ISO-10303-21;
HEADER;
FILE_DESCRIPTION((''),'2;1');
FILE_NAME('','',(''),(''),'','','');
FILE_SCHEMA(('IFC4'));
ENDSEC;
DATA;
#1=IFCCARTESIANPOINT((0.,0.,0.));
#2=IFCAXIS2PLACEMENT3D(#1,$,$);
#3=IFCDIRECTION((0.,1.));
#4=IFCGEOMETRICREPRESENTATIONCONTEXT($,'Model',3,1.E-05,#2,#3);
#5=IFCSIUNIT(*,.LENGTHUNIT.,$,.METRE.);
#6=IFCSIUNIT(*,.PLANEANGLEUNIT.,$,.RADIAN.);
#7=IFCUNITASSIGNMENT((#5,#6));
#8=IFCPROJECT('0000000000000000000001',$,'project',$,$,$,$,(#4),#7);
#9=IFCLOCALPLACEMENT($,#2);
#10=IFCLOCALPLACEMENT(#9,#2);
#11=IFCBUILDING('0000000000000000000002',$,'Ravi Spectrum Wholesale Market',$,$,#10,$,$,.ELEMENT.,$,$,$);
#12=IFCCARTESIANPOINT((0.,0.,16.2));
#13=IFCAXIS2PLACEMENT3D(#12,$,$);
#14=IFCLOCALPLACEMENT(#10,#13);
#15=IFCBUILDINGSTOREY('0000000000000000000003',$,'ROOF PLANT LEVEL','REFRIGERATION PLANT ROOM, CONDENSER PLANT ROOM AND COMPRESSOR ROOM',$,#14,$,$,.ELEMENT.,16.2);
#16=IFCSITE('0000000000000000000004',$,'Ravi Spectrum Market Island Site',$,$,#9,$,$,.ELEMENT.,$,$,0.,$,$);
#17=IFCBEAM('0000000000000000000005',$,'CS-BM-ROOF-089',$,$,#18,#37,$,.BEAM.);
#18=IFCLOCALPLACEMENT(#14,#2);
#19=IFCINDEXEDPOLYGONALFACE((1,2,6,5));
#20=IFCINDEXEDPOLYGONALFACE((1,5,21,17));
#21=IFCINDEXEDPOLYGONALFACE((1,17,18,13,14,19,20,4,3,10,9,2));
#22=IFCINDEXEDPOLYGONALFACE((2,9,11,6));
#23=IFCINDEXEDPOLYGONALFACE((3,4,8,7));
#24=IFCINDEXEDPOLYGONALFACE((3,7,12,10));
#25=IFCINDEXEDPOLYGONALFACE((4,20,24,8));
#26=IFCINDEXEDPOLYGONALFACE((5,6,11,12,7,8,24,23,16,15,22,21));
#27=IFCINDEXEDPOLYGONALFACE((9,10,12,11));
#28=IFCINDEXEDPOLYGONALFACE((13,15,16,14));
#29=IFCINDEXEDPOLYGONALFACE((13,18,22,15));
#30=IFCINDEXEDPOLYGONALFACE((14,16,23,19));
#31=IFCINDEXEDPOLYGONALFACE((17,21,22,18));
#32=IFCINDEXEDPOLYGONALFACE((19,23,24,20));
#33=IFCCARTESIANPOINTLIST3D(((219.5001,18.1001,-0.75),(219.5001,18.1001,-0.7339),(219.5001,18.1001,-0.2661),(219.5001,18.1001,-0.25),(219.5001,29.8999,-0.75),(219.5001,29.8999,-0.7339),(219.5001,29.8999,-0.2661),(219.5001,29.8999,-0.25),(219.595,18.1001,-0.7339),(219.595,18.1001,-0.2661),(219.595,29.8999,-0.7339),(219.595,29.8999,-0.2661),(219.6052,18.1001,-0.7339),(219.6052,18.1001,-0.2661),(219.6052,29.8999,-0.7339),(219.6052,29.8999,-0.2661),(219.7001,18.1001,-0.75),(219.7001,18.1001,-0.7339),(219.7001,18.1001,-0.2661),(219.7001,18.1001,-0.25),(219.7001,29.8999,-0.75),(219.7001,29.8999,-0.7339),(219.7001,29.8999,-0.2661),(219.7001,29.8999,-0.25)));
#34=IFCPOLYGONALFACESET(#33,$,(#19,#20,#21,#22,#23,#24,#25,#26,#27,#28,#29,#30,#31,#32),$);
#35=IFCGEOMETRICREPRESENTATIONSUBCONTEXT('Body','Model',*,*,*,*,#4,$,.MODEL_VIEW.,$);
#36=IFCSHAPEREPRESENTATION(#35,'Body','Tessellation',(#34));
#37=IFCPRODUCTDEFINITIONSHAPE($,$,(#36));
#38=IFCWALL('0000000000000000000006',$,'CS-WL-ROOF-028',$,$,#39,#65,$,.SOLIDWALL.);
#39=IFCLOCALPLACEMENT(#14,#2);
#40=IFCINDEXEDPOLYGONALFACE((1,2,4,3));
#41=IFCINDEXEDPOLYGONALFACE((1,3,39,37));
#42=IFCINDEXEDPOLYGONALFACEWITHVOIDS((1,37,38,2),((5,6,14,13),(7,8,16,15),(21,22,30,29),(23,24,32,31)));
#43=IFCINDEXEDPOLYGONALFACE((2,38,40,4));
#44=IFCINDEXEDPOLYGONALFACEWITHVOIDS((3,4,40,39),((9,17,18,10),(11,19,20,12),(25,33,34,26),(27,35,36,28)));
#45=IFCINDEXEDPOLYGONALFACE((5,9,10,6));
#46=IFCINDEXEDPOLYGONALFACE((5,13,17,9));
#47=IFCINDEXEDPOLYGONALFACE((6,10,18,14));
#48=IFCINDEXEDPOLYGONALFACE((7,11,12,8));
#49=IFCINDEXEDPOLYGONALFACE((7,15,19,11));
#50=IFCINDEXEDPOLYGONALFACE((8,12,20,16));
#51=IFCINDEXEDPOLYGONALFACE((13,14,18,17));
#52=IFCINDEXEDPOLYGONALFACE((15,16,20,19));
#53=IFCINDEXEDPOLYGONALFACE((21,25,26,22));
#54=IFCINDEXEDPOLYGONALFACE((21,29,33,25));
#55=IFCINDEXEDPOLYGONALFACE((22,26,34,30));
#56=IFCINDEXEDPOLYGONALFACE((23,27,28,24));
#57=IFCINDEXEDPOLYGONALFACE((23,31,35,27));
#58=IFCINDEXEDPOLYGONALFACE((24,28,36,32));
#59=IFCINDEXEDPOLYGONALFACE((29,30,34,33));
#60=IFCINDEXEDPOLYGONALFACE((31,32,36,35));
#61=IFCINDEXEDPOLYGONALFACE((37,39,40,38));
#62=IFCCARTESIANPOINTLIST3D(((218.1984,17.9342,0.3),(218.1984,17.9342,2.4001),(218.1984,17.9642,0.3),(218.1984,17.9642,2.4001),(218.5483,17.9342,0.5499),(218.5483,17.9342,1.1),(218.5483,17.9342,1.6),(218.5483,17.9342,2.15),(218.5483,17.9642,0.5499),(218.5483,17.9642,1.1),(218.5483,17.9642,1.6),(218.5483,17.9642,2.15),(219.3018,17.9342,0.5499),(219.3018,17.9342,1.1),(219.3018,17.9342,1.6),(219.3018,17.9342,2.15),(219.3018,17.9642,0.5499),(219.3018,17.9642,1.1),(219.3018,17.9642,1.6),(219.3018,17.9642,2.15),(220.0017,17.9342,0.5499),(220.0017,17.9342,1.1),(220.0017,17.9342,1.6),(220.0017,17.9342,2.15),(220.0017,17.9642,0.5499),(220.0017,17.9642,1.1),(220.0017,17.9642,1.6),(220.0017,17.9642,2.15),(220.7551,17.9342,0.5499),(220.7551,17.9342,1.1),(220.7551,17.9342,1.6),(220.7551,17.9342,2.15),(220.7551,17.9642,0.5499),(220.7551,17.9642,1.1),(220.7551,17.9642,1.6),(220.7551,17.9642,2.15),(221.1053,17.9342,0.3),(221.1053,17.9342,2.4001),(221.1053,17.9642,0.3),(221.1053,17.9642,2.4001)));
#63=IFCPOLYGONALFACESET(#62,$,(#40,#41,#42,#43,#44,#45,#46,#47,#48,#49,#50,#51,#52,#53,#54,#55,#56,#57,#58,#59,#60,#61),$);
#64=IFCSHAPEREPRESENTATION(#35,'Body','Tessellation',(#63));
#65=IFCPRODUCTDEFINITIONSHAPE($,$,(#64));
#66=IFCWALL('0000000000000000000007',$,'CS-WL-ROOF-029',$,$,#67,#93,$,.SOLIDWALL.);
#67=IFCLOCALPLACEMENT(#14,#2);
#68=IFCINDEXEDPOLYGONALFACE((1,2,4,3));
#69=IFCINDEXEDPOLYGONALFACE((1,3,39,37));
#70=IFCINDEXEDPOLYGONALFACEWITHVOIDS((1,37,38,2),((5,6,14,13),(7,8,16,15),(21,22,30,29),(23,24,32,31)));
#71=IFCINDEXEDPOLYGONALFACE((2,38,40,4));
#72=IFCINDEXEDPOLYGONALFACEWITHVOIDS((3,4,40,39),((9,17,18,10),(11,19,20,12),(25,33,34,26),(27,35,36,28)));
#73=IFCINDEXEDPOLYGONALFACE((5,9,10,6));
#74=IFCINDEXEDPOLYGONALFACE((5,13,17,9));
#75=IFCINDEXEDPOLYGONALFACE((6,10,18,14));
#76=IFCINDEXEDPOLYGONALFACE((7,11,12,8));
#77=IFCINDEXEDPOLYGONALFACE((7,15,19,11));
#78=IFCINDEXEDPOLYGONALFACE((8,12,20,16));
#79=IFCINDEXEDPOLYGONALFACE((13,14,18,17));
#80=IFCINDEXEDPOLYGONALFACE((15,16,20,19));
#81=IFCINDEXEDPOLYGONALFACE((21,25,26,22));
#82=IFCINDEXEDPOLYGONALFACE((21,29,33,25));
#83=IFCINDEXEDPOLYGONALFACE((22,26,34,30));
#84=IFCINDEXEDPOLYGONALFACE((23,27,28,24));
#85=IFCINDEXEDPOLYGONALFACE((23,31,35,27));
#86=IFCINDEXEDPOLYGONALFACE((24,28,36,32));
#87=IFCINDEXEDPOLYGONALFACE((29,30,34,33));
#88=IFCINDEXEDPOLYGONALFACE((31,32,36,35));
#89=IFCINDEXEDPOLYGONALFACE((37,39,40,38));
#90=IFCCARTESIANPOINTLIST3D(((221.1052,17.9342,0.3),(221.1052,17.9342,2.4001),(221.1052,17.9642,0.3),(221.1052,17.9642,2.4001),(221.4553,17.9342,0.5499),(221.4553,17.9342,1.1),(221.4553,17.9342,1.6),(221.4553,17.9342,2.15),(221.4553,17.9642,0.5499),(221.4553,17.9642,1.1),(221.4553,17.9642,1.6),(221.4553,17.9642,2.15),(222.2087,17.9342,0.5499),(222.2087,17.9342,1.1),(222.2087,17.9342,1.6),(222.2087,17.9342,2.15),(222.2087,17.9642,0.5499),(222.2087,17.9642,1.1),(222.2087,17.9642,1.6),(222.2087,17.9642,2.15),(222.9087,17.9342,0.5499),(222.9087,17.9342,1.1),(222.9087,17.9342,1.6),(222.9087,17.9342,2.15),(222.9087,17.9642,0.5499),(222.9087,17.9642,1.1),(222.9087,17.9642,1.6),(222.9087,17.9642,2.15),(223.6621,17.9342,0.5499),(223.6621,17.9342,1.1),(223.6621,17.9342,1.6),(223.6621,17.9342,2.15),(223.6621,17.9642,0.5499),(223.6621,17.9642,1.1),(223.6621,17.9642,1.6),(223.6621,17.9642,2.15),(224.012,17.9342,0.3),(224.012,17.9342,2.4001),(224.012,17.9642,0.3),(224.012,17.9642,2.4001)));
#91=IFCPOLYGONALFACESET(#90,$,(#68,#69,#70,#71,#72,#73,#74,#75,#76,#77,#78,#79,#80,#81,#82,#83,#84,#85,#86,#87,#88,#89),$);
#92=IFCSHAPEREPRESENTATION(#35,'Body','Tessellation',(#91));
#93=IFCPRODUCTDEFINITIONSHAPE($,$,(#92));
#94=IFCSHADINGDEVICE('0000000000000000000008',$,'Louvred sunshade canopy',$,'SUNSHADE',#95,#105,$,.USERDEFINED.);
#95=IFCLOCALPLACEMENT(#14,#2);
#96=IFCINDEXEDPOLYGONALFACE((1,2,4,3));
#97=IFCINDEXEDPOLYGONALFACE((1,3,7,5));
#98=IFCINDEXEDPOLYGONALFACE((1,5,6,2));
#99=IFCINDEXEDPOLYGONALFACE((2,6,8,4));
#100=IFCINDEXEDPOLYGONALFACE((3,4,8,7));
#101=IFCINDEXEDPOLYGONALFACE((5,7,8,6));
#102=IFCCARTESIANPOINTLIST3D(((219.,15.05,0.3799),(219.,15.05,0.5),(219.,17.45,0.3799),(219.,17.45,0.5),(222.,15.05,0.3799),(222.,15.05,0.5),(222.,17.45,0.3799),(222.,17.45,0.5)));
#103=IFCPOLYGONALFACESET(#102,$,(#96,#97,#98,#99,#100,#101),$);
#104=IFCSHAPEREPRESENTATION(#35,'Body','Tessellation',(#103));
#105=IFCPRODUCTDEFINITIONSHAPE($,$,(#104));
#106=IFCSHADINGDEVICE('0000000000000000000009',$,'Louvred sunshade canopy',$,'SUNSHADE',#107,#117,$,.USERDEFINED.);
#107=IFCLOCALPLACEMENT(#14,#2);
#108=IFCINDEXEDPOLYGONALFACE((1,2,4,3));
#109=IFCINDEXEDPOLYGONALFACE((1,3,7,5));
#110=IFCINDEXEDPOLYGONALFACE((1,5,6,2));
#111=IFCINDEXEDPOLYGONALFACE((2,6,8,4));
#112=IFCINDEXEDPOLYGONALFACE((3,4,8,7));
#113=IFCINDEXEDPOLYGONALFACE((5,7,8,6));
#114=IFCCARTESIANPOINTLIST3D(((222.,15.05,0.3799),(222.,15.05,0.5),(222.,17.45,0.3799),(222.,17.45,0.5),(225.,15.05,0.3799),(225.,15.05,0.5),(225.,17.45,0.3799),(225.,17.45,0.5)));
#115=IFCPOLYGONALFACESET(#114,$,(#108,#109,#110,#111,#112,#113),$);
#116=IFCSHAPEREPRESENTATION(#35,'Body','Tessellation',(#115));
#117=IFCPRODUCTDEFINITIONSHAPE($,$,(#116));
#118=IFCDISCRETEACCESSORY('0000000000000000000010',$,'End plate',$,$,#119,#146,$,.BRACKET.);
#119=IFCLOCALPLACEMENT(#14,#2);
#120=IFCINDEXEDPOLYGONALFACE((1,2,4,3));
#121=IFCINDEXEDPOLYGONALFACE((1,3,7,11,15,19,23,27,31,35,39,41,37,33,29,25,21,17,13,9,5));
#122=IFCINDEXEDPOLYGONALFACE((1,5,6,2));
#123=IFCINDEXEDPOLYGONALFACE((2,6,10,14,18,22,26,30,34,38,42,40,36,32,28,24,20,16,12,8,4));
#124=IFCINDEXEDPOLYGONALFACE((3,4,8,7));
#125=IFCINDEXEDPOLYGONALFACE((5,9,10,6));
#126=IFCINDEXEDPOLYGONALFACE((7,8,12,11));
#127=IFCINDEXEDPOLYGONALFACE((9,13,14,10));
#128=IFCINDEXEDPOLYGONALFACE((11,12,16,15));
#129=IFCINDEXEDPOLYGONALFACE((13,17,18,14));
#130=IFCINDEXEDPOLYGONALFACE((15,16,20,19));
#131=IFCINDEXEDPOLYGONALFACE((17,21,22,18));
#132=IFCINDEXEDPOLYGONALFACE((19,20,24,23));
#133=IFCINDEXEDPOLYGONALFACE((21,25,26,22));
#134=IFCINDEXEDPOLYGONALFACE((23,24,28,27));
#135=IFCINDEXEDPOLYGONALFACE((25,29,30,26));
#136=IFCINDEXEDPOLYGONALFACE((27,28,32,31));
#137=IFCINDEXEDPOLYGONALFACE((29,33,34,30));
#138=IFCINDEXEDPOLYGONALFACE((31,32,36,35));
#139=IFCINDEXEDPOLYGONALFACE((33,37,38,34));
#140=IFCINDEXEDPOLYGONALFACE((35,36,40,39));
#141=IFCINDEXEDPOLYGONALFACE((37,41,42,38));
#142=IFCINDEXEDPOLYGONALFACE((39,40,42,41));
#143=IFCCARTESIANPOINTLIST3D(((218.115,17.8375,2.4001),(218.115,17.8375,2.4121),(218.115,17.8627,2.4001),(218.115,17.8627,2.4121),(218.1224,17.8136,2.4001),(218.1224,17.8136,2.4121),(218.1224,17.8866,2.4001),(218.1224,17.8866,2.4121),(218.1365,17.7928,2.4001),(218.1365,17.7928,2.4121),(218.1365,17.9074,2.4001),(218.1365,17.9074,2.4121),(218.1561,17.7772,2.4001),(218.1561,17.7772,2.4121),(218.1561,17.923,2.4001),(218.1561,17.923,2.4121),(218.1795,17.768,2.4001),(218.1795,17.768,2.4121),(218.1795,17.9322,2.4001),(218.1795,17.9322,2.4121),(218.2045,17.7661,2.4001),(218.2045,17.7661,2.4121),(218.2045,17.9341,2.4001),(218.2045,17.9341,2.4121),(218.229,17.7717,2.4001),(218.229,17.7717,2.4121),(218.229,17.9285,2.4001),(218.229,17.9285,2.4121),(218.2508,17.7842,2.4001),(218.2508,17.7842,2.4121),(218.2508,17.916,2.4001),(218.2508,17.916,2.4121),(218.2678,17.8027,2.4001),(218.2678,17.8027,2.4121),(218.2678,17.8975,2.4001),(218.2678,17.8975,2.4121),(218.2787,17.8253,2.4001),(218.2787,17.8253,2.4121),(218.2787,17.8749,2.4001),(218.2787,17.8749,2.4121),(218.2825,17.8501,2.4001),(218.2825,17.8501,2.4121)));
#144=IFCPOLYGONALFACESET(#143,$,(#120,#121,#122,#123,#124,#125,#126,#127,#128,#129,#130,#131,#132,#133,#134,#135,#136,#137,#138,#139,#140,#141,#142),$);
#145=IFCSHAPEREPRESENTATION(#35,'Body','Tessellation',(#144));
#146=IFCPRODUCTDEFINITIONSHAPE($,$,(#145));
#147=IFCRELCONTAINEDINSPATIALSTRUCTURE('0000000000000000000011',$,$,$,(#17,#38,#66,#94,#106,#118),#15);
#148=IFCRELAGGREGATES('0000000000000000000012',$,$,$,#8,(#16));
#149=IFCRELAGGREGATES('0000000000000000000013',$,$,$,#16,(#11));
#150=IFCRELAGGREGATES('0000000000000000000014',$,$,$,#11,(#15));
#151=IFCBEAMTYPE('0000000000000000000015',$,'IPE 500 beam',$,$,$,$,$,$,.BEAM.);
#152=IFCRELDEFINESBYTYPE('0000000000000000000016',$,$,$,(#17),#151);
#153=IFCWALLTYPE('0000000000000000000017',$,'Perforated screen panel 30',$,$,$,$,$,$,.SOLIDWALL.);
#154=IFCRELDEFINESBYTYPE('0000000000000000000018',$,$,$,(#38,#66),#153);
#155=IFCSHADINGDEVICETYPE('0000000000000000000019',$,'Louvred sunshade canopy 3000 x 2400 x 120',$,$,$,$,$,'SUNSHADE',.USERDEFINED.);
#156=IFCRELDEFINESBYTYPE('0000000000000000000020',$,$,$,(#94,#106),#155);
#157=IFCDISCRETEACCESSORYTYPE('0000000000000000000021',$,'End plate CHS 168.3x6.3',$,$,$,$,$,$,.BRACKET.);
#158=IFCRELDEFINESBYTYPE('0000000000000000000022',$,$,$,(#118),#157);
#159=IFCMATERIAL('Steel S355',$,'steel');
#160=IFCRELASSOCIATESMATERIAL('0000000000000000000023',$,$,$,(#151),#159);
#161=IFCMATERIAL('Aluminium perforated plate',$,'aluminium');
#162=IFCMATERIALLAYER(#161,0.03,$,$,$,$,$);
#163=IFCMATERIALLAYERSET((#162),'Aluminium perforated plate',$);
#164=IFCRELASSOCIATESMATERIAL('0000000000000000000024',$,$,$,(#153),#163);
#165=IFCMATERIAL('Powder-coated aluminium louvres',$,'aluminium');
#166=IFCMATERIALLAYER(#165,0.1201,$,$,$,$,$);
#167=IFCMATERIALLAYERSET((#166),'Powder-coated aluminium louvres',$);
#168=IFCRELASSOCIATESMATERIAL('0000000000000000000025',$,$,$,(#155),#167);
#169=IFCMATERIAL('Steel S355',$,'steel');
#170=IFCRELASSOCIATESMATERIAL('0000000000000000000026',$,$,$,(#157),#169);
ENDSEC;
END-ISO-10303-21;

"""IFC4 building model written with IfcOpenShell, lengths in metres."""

from ifc_helpers import new_model, si_unit, direction, frame, frame_2d, origin, origin_2d, place, context, subcontext, project, spatial, rectangle, circle, i_section, extrude, material, layer, layer_set, material_profile, profile_set, type_object, element, save


model = new_model("IFC4")

# Units and contexts
model_context = context("Model", 3, precision=1e-05, world=origin(), true_north=direction((0.0, 1.0)))
body_context = subcontext(model_context, "Body", "Model", "MODEL_VIEW")
ifc_project = project(units=[si_unit("LENGTHUNIT", "METRE"), si_unit("PLANEANGLEUNIT", "RADIAN")], contexts=[model_context])

# Site, building, storey
site_placement = place(None, origin())
site = spatial("IfcSite", under=ifc_project, at=site_placement, Name="Ravi Spectrum Market Island Site", CompositionType="ELEMENT", RefElevation=0.0)
building_placement = place(site_placement, origin())
building = spatial("IfcBuilding", under=site, at=building_placement, Name="Ravi Spectrum Wholesale Market", CompositionType="ELEMENT")
storey_placement = place(building_placement, frame((0.0, 0.0, 16.2)))
storey = spatial("IfcBuildingStorey", under=building, at=storey_placement, Name="ROOF PLANT LEVEL", Description="REFRIGERATION PLANT ROOM, CONDENSER PLANT ROOM AND COMPRESSOR ROOM", CompositionType="ELEMENT", Elevation=16.2)

# Beam
ifc_material_1 = material(Name="Steel S355", Category="steel")
ifc_material_profile_1 = material_profile(ifc_material_1, i_section(OverallWidth=0.2, OverallDepth=0.5, WebThickness=0.0103, FlangeThickness=0.0161, at=origin_2d()))
ifc_profile_set_1 = profile_set([ifc_material_profile_1], Name="Steel S355")
beam_type = type_object("IfcBeamType", Name="IPE 500 beam", PredefinedType="BEAM", material=ifc_profile_set_1)
beam_1_placement = place(storey_placement, frame((219.6001, 18.1001, -0.5), z_axis=(0.0, 1.0, 0.0), x_axis=(-1.0, 0.0, 0.0)))
element("IfcBeam", 1, at=beam_1_placement, inside=storey, type_object=beam_type, Name="CS-BM-ROOF-089", PredefinedType="BEAM", context=body_context, shape_type="SweptSolid", body=[
    extrude(i_section(OverallWidth=0.2, OverallDepth=0.5, WebThickness=0.0103, FlangeThickness=0.0161, at=origin_2d()), origin(), (0.0, 0.0, 1.0), 11.7998),
])

# Walls, openings
ifc_material_2 = material(Name="Aluminium perforated plate", Category="aluminium")
ifc_layer_1 = layer(ifc_material_2, 0.03)
ifc_layer_set_1 = layer_set([ifc_layer_1], Name="Aluminium perforated plate")
wall_type = type_object("IfcWallType", Name="Perforated screen panel 30", PredefinedType="SOLIDWALL", material=ifc_layer_set_1)
wall_1_placement = place(storey_placement, frame((218.1982, 17.9492, 0.3), z_axis=(0.0, 0.0, 1.0), x_axis=(1.0, 0.0, 0.0)))
wall_1 = element("IfcWall", 2, at=wall_1_placement, inside=storey, type_object=wall_type, Name="CS-WL-ROOF-028", PredefinedType="SOLIDWALL", context=body_context, shape_type="SweptSolid", body=[
    extrude(rectangle(XDim=2.907, YDim=0.03, at=frame_2d((1.4536, 0.0))), origin(), (0.0, 0.0, 1.0), 2.1001),
])
opening_1_placement = place(wall_1_placement, frame((0.3501, 0.0, 0.25)))
element("IfcOpeningElement", 3, at=opening_1_placement, cuts=wall_1, PredefinedType="OPENING", context=body_context, shape_type="SweptSolid", body=[
    extrude(rectangle(XDim=0.7534, YDim=0.55, at=frame_2d((0.3767, 0.2749))), frame((0.0, 0.0249, 0.0), z_axis=(0.0, -1.0, 0.0), x_axis=(1.0, 0.0, 0.0)), (0.0, 0.0, 1.0), 0.05),
])
opening_2_placement = place(wall_1_placement, frame((0.3501, 0.0, 1.3)))
element("IfcOpeningElement", 4, at=opening_2_placement, cuts=wall_1, PredefinedType="OPENING", context=body_context, shape_type="SweptSolid", body=[
    extrude(rectangle(XDim=0.7534, YDim=0.55, at=frame_2d((0.3767, 0.2749))), frame((0.0, 0.0249, 0.0), z_axis=(0.0, -1.0, 0.0), x_axis=(1.0, 0.0, 0.0)), (0.0, 0.0, 1.0), 0.05),
])
opening_3_placement = place(wall_1_placement, frame((1.8035, 0.0, 0.25)))
element("IfcOpeningElement", 5, at=opening_3_placement, cuts=wall_1, PredefinedType="OPENING", context=body_context, shape_type="SweptSolid", body=[
    extrude(rectangle(XDim=0.7534, YDim=0.55, at=frame_2d((0.3767, 0.2749))), frame((0.0, 0.0249, 0.0), z_axis=(0.0, -1.0, 0.0), x_axis=(1.0, 0.0, 0.0)), (0.0, 0.0, 1.0), 0.05),
])
opening_4_placement = place(wall_1_placement, frame((1.8035, 0.0, 1.3)))
element("IfcOpeningElement", 6, at=opening_4_placement, cuts=wall_1, PredefinedType="OPENING", context=body_context, shape_type="SweptSolid", body=[
    extrude(rectangle(XDim=0.7534, YDim=0.55, at=frame_2d((0.3767, 0.2749))), frame((0.0, 0.0249, 0.0), z_axis=(0.0, -1.0, 0.0), x_axis=(1.0, 0.0, 0.0)), (0.0, 0.0, 1.0), 0.05),
])
wall_2_placement = place(storey_placement, frame((221.1052, 17.9492, 0.3), z_axis=(0.0, 0.0, 1.0), x_axis=(1.0, 0.0, 0.0)))
wall_2 = element("IfcWall", 7, at=wall_2_placement, inside=storey, type_object=wall_type, Name="CS-WL-ROOF-029", PredefinedType="SOLIDWALL", context=body_context, shape_type="SweptSolid", body=[
    extrude(rectangle(XDim=2.9067, YDim=0.03, at=frame_2d((1.4534, 0.0))), origin(), (0.0, 0.0, 1.0), 2.1001),
])
opening_5_placement = place(wall_2_placement, frame((0.3501, 0.0, 0.25)))
element("IfcOpeningElement", 8, at=opening_5_placement, cuts=wall_2, PredefinedType="OPENING", context=body_context, shape_type="SweptSolid", body=[
    extrude(rectangle(XDim=0.7534, YDim=0.55, at=frame_2d((0.3767, 0.2749))), frame((0.0, 0.0249, 0.0), z_axis=(0.0, -1.0, 0.0), x_axis=(1.0, 0.0, 0.0)), (0.0, 0.0, 1.0), 0.05),
])
opening_6_placement = place(wall_2_placement, frame((0.3501, 0.0, 1.3)))
element("IfcOpeningElement", 9, at=opening_6_placement, cuts=wall_2, PredefinedType="OPENING", context=body_context, shape_type="SweptSolid", body=[
    extrude(rectangle(XDim=0.7534, YDim=0.55, at=frame_2d((0.3767, 0.2749))), frame((0.0, 0.0249, 0.0), z_axis=(0.0, -1.0, 0.0), x_axis=(1.0, 0.0, 0.0)), (0.0, 0.0, 1.0), 0.05),
])
opening_7_placement = place(wall_2_placement, frame((1.8035, 0.0, 0.25)))
element("IfcOpeningElement", 10, at=opening_7_placement, cuts=wall_2, PredefinedType="OPENING", context=body_context, shape_type="SweptSolid", body=[
    extrude(rectangle(XDim=0.7534, YDim=0.55, at=frame_2d((0.3767, 0.2749))), frame((0.0, 0.0249, 0.0), z_axis=(0.0, -1.0, 0.0), x_axis=(1.0, 0.0, 0.0)), (0.0, 0.0, 1.0), 0.05),
])
opening_8_placement = place(wall_2_placement, frame((1.8035, 0.0, 1.3)))
element("IfcOpeningElement", 11, at=opening_8_placement, cuts=wall_2, PredefinedType="OPENING", context=body_context, shape_type="SweptSolid", body=[
    extrude(rectangle(XDim=0.7534, YDim=0.55, at=frame_2d((0.3767, 0.2749))), frame((0.0, 0.0249, 0.0), z_axis=(0.0, -1.0, 0.0), x_axis=(1.0, 0.0, 0.0)), (0.0, 0.0, 1.0), 0.05),
])

# Shading devices
ifc_material_3 = material(Name="Powder-coated aluminium louvres", Category="aluminium")
ifc_layer_2 = layer(ifc_material_3, 0.1201)
ifc_layer_set_2 = layer_set([ifc_layer_2], Name="Powder-coated aluminium louvres")
shading_device_type = type_object("IfcShadingDeviceType", Name="Louvred sunshade canopy 3000 x 2400 x 120", ElementType="SUNSHADE", PredefinedType="USERDEFINED", material=ifc_layer_set_2)
for number, where, z_axis, x_axis, name in (
    (12, (220.5, 16.25, 0.3799), (0.0, 0.0, 1.0), (1.0, 0.0, 0.0), "Louvred sunshade canopy"),
    (13, (223.5, 16.25, 0.3799), (0.0, 0.0, 1.0), (1.0, 0.0, 0.0), "Louvred sunshade canopy"),
):
    element("IfcShadingDevice", number, at=place(storey_placement, frame(where, z_axis=z_axis, x_axis=x_axis)), inside=storey, type_object=shading_device_type, Name=name, ObjectType="SUNSHADE", PredefinedType="USERDEFINED", context=body_context, shape_type="SweptSolid", body=[
        extrude(rectangle(XDim=3.0, YDim=2.3999, at=origin_2d()), origin(), (0.0, 0.0, 1.0), 0.1201),
    ])

# Discrete accessory
ifc_material_4 = material(Name="Steel S355", Category="steel")
ifc_material_profile_2 = material_profile(ifc_material_4, circle(Radius=0.0842, at=origin_2d()))
ifc_profile_set_2 = profile_set([ifc_material_profile_2], Name="Steel S355")
discrete_accessory_type_1 = type_object("IfcDiscreteAccessoryType", Name="End plate CHS 168.3x6.3", PredefinedType="BRACKET", material=ifc_profile_set_2)
for number, where, z_axis, x_axis, name in (
    (14, (218.1982, 17.8501, 2.4001), (0.0, 0.0, 1.0), (1.0, 0.0, 0.0), "End plate"),
):
    element("IfcDiscreteAccessory", number, at=place(storey_placement, frame(where, z_axis=z_axis, x_axis=x_axis)), inside=storey, type_object=discrete_accessory_type_1, Name=name, PredefinedType="BRACKET", context=body_context, shape_type="SweptSolid", body=[
        extrude(circle(Radius=0.0842, at=origin_2d()), origin(), (0.0, 0.0, 1.0), 0.012),
    ])

save(model, "model.ifc")
